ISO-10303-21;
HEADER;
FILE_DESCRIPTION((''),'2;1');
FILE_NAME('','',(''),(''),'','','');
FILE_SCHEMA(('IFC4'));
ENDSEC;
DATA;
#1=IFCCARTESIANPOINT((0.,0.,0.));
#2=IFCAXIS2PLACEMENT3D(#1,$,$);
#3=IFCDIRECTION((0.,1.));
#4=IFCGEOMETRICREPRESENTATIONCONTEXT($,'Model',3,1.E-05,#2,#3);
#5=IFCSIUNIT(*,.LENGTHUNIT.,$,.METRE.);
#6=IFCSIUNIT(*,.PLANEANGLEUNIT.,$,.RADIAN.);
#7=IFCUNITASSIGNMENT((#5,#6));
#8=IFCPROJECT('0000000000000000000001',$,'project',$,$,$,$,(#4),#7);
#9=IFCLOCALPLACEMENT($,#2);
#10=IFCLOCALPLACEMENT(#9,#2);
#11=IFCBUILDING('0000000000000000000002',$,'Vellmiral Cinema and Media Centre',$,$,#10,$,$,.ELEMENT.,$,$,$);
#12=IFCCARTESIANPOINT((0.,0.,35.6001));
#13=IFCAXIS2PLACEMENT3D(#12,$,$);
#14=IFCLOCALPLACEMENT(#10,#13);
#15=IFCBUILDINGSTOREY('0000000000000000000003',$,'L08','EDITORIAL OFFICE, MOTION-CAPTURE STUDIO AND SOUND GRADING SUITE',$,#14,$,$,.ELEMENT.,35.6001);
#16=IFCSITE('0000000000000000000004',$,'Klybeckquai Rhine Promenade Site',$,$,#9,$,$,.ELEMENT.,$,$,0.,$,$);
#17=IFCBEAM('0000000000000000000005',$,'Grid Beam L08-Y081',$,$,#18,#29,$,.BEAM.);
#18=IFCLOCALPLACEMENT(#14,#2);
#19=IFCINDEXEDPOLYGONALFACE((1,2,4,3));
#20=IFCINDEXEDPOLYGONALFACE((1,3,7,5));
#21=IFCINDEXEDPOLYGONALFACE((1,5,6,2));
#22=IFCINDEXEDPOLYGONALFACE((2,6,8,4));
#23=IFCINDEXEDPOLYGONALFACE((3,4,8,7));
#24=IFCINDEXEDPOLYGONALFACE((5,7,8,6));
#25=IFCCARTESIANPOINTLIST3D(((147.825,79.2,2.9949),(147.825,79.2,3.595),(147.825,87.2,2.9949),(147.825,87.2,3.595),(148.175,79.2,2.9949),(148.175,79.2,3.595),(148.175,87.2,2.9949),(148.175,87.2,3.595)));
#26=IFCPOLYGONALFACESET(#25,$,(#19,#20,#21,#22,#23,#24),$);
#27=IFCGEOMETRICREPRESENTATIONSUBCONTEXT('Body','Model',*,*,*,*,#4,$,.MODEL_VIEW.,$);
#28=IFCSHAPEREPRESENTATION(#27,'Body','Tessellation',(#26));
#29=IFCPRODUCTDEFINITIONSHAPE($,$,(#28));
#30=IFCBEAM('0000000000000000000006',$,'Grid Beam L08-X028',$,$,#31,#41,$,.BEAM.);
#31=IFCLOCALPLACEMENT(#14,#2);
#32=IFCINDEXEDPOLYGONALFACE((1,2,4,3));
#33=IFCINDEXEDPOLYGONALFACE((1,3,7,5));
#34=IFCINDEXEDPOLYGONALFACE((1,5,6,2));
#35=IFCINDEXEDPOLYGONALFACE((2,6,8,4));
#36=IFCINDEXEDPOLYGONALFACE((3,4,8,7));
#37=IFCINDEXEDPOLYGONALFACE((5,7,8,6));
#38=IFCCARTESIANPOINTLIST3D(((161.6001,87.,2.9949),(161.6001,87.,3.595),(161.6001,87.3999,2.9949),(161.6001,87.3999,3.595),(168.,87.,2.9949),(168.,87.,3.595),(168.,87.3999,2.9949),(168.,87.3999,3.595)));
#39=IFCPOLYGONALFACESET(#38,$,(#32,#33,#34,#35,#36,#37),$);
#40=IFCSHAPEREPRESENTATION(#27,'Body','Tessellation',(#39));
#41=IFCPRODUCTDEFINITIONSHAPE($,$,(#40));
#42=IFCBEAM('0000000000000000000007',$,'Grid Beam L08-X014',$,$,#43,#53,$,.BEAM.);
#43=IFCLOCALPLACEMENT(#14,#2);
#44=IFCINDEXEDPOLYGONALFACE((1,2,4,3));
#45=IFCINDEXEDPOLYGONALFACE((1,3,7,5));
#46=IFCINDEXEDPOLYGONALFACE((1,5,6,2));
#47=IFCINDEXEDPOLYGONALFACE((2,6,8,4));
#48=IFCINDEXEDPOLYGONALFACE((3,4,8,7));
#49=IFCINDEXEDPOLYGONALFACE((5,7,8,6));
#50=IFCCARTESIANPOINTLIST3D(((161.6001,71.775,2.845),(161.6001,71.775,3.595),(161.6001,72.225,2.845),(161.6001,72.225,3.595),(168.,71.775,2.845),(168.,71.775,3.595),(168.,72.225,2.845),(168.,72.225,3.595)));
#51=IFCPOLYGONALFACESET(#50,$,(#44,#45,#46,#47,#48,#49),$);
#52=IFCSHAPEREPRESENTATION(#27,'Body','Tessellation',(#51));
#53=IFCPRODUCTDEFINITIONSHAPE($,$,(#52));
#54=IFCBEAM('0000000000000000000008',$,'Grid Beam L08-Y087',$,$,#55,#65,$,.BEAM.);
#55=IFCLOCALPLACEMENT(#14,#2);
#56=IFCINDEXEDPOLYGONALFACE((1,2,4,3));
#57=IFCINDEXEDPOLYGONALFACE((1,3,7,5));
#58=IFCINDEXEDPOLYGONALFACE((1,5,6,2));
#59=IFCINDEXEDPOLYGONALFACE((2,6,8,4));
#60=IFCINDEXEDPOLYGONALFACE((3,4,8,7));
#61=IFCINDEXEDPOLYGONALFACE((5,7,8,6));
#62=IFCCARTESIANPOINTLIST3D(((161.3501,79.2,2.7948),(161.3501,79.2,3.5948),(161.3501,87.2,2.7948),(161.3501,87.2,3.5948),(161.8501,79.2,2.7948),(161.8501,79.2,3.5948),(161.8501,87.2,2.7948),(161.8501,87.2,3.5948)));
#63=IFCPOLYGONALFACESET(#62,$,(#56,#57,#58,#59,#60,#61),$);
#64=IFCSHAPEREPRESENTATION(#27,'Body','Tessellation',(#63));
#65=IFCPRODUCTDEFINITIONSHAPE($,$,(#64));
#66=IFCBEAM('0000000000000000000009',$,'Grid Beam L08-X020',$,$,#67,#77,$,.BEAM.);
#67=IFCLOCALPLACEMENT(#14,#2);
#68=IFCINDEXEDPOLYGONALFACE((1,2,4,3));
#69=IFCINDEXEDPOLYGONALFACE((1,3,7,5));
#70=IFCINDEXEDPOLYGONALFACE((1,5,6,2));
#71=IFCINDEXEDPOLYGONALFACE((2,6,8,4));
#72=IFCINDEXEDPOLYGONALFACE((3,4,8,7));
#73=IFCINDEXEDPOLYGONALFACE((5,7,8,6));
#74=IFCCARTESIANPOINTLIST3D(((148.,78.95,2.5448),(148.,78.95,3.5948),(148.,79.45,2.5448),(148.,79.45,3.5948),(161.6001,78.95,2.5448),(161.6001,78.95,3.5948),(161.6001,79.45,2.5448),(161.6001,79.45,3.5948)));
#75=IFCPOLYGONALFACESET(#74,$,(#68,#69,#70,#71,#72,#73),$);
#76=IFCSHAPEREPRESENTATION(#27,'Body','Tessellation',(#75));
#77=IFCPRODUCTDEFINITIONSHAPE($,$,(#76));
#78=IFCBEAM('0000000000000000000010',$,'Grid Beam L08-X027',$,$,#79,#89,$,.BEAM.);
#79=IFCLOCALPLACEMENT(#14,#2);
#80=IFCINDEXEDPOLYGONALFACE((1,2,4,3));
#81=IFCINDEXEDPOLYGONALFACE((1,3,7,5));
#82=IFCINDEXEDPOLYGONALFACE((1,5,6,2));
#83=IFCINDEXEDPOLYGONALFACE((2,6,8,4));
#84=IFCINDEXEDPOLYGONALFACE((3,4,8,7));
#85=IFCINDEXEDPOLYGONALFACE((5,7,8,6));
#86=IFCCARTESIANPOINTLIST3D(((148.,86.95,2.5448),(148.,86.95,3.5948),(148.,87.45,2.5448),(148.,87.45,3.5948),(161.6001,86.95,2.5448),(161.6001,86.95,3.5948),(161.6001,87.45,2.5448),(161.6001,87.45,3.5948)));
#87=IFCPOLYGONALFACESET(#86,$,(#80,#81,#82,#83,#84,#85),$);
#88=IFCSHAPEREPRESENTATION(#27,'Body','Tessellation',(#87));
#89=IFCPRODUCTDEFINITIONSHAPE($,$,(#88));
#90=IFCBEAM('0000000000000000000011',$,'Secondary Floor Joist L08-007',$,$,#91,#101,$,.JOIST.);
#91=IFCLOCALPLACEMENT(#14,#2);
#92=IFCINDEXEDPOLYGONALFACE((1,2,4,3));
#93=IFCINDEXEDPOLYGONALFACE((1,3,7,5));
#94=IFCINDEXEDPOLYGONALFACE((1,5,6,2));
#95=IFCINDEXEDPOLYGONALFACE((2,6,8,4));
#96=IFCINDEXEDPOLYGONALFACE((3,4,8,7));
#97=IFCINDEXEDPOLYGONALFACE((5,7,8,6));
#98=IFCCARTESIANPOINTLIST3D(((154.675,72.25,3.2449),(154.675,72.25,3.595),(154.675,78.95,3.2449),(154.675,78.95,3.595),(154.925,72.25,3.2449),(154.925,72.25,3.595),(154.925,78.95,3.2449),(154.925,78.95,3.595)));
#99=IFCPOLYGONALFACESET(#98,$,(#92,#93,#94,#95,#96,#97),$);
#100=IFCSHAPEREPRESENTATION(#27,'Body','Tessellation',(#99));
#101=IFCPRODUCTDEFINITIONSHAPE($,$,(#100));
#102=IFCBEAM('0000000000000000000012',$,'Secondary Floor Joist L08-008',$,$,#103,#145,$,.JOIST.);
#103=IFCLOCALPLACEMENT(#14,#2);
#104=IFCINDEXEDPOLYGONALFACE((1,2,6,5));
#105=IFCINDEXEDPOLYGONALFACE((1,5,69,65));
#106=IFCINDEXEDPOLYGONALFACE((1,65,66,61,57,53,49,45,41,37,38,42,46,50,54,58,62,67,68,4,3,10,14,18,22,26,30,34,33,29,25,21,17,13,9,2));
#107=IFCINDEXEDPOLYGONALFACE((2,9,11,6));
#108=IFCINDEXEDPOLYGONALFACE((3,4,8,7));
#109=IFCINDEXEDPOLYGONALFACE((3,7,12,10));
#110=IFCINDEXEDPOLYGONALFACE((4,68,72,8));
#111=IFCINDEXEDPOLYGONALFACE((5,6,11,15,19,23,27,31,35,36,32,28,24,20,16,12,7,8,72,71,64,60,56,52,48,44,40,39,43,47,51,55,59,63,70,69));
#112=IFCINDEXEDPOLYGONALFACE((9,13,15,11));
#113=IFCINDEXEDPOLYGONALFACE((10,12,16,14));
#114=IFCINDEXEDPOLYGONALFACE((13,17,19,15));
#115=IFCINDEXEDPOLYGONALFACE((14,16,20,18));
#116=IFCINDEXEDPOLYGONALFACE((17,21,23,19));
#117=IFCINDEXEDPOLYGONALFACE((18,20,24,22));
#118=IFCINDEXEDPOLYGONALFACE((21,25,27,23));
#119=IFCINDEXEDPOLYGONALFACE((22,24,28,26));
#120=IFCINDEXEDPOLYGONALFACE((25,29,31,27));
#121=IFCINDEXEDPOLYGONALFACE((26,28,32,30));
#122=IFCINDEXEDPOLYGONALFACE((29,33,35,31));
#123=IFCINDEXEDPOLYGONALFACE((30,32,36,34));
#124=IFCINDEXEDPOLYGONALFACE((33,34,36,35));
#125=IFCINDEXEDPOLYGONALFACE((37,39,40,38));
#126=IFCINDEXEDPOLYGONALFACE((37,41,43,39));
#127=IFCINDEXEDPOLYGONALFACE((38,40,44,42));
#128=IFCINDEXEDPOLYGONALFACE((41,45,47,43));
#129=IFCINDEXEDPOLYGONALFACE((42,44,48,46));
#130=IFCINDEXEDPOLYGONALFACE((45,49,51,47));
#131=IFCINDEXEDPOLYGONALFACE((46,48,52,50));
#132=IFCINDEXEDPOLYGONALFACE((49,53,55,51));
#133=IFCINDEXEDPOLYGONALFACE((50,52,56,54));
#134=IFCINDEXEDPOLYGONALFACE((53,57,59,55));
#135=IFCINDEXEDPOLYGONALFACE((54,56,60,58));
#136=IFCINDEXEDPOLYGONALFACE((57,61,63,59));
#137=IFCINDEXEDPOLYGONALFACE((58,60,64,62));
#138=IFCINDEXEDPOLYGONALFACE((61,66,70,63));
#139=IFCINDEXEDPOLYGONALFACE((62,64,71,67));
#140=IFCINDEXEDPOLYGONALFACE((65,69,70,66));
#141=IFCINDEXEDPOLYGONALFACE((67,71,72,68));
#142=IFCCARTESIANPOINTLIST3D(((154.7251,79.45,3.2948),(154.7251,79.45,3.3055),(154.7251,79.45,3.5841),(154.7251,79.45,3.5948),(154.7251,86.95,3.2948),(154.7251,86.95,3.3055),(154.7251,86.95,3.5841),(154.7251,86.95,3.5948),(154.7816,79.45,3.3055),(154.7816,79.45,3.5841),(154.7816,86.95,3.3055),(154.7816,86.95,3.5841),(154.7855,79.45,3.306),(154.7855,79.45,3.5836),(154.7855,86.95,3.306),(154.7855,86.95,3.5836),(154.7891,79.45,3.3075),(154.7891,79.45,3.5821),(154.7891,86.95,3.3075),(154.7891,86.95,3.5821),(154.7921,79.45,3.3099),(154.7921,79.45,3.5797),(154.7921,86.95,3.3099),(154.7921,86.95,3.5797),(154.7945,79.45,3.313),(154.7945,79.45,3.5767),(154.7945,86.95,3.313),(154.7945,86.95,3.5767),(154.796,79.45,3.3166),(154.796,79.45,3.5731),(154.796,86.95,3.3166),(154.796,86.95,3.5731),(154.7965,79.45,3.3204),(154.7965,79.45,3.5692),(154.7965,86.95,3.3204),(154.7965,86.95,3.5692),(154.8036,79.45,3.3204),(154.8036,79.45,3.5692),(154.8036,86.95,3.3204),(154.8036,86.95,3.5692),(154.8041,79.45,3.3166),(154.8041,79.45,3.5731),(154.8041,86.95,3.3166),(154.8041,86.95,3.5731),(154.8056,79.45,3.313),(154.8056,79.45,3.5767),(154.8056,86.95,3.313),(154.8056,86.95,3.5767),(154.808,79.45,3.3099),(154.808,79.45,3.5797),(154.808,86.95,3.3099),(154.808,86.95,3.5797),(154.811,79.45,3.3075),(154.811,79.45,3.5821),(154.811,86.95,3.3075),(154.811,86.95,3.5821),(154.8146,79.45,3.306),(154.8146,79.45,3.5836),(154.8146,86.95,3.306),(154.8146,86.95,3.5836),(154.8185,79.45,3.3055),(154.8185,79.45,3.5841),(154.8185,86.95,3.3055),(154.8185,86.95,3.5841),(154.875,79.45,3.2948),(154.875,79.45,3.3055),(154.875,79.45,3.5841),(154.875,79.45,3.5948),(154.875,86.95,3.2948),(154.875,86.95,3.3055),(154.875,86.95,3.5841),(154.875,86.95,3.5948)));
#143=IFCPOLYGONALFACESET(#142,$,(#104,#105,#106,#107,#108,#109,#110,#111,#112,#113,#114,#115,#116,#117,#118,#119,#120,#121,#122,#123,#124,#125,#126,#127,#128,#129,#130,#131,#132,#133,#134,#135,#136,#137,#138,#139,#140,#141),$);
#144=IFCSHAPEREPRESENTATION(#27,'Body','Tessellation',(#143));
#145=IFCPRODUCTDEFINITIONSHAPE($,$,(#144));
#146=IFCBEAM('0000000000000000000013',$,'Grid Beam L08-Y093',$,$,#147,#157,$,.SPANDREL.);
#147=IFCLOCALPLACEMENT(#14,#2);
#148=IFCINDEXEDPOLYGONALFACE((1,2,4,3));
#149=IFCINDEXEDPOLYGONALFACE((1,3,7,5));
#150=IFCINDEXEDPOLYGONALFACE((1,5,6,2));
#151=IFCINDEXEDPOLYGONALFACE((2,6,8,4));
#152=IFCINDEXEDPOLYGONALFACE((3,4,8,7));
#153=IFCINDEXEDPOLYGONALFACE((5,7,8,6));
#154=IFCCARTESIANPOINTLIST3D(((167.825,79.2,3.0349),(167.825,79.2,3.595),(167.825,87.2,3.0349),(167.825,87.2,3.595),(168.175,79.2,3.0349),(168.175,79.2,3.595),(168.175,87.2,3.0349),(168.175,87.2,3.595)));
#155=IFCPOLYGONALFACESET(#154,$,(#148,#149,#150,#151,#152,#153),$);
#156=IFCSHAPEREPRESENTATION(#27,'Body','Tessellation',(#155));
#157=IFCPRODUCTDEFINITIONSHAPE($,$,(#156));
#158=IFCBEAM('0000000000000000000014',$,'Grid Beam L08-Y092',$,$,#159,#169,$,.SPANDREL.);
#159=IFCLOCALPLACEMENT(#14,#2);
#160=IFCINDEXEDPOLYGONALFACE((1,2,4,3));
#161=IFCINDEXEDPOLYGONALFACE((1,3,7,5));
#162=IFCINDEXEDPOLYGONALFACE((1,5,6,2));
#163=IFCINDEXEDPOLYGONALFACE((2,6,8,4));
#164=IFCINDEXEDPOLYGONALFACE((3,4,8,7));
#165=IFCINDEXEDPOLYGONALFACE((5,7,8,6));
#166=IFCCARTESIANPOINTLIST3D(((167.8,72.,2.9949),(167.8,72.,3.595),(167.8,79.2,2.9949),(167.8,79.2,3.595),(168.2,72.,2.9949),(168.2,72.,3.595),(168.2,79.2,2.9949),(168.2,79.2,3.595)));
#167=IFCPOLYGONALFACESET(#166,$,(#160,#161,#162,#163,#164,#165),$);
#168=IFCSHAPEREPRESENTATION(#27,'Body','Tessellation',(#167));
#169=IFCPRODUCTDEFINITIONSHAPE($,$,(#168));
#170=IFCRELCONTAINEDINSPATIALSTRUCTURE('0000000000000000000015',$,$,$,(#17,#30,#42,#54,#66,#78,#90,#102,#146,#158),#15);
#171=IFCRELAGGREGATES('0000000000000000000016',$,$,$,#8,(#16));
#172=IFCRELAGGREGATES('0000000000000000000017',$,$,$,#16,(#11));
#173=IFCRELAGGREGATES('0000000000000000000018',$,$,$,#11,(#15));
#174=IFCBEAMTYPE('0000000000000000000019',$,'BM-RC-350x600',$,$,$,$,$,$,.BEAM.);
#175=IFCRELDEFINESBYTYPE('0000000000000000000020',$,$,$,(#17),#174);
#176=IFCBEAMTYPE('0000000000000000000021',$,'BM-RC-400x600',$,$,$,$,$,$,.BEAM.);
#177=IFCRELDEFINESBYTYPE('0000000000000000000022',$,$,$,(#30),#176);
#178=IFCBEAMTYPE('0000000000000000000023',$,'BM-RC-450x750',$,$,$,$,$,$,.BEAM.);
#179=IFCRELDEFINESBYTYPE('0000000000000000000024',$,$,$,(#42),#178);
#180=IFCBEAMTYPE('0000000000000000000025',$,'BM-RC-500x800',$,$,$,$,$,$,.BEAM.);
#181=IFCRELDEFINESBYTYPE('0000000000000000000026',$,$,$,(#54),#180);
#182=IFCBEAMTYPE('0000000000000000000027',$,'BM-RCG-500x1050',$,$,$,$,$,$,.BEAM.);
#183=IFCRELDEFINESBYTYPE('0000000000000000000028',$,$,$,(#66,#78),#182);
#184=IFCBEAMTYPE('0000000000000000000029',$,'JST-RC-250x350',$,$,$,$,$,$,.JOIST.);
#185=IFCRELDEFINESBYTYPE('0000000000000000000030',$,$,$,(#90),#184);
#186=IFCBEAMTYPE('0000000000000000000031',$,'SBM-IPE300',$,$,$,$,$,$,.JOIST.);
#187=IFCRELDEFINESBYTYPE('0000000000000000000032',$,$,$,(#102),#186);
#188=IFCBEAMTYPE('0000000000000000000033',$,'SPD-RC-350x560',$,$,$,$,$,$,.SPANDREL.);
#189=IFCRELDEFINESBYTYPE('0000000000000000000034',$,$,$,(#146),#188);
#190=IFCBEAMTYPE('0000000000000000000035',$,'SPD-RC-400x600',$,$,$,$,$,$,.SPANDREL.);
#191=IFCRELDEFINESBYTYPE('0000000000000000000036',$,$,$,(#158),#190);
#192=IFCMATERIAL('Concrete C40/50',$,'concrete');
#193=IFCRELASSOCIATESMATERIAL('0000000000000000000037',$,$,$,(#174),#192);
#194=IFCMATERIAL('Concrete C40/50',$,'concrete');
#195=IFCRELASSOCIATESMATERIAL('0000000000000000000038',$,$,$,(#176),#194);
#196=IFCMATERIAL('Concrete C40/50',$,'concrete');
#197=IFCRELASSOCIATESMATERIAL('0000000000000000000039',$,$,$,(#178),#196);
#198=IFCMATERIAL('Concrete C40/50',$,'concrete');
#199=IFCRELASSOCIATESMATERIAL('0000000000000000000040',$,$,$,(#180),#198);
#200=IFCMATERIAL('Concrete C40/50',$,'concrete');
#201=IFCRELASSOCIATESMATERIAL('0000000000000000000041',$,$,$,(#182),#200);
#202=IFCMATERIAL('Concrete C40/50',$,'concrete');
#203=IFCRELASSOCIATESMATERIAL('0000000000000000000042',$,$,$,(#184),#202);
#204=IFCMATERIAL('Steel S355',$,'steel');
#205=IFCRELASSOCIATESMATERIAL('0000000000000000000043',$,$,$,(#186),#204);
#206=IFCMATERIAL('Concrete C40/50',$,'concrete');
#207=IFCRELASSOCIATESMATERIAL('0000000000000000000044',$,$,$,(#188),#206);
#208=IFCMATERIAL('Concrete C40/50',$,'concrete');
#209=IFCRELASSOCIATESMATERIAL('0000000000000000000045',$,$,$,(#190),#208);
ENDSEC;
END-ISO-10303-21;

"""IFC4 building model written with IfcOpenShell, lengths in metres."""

from ifc_helpers import new_model, si_unit, direction, frame, origin, origin_2d, place, context, subcontext, project, spatial, rectangle, i_section, extrude, material, material_profile, profile_set, type_object, element, save


model = new_model("IFC4")

# Units and contexts
model_context = context("Model", 3, precision=1e-05, world=origin(), true_north=direction((0.0, 1.0)))
body_context = subcontext(model_context, "Body", "Model", "MODEL_VIEW")
ifc_project = project(units=[si_unit("LENGTHUNIT", "METRE"), si_unit("PLANEANGLEUNIT", "RADIAN")], contexts=[model_context])

# Site, building, storey
site_placement = place(None, origin())
site = spatial("IfcSite", under=ifc_project, at=site_placement, Name="Klybeckquai Rhine Promenade Site", CompositionType="ELEMENT", RefElevation=0.0)
building_placement = place(site_placement, origin())
building = spatial("IfcBuilding", under=site, at=building_placement, Name="Vellmiral Cinema and Media Centre", CompositionType="ELEMENT")
storey_placement = place(building_placement, frame((0.0, 0.0, 35.6001)))
storey = spatial("IfcBuildingStorey", under=building, at=storey_placement, Name="L08", Description="EDITORIAL OFFICE, MOTION-CAPTURE STUDIO AND SOUND GRADING SUITE", CompositionType="ELEMENT", Elevation=35.6001)

# Beams
ifc_material_1 = material(Name="Concrete C40/50", Category="concrete")
ifc_material_profile_1 = material_profile(ifc_material_1, rectangle(XDim=0.3501, YDim=0.6001, at=origin_2d()), Name="RC 350x600")
ifc_profile_set_1 = profile_set([ifc_material_profile_1], Name="Concrete C40/50")
beam_type_1 = type_object("IfcBeamType", Name="BM-RC-350x600", PredefinedType="BEAM", material=ifc_profile_set_1)
beam_1_placement = place(storey_placement, frame((148.0, 79.2, 3.2949), z_axis=(0.0, 1.0, 0.0), x_axis=(-1.0, 0.0, 0.0)))
element("IfcBeam", 1, at=beam_1_placement, inside=storey, type_object=beam_type_1, Name="Grid Beam L08-Y081", PredefinedType="BEAM", context=body_context, shape_type="SweptSolid", body=[
    extrude(rectangle(XDim=0.3501, YDim=0.6001, at=origin_2d()), origin(), (0.0, 0.0, 1.0), 8.0),
])
ifc_material_2 = material(Name="Concrete C40/50", Category="concrete")
ifc_material_profile_2 = material_profile(ifc_material_2, rectangle(XDim=0.3999, YDim=0.6001, at=origin_2d()), Name="RC 400x600")
ifc_profile_set_2 = profile_set([ifc_material_profile_2], Name="Concrete C40/50")
beam_type_2 = type_object("IfcBeamType", Name="BM-RC-400x600", PredefinedType="BEAM", material=ifc_profile_set_2)
beam_2_placement = place(storey_placement, frame((161.6001, 87.2, 3.2949), z_axis=(1.0, 0.0, 0.0), x_axis=(0.0, 1.0, 0.0)))
element("IfcBeam", 2, at=beam_2_placement, inside=storey, type_object=beam_type_2, Name="Grid Beam L08-X028", PredefinedType="BEAM", context=body_context, shape_type="SweptSolid", body=[
    extrude(rectangle(XDim=0.3999, YDim=0.6001, at=origin_2d()), origin(), (0.0, 0.0, 1.0), 6.3999),
])
ifc_material_3 = material(Name="Concrete C40/50", Category="concrete")
ifc_material_profile_3 = material_profile(ifc_material_3, rectangle(XDim=0.45, YDim=0.75, at=origin_2d()), Name="RC 450x750")
ifc_profile_set_3 = profile_set([ifc_material_profile_3], Name="Concrete C40/50")
beam_type_3 = type_object("IfcBeamType", Name="BM-RC-450x750", PredefinedType="BEAM", material=ifc_profile_set_3)
beam_3_placement = place(storey_placement, frame((161.6001, 72.0, 3.22), z_axis=(1.0, 0.0, 0.0), x_axis=(0.0, 1.0, 0.0)))
element("IfcBeam", 3, at=beam_3_placement, inside=storey, type_object=beam_type_3, Name="Grid Beam L08-X014", PredefinedType="BEAM", context=body_context, shape_type="SweptSolid", body=[
    extrude(rectangle(XDim=0.45, YDim=0.75, at=origin_2d()), origin(), (0.0, 0.0, 1.0), 6.3999),
])
ifc_material_4 = material(Name="Concrete C40/50", Category="concrete")
ifc_material_profile_4 = material_profile(ifc_material_4, rectangle(XDim=0.5, YDim=0.8, at=origin_2d()), Name="RC 500x800")
ifc_profile_set_4 = profile_set([ifc_material_profile_4], Name="Concrete C40/50")
beam_type_4 = type_object("IfcBeamType", Name="BM-RC-500x800", PredefinedType="BEAM", material=ifc_profile_set_4)
beam_4_placement = place(storey_placement, frame((161.6001, 79.2, 3.1948), z_axis=(0.0, 1.0, 0.0), x_axis=(-1.0, 0.0, 0.0)))
element("IfcBeam", 4, at=beam_4_placement, inside=storey, type_object=beam_type_4, Name="Grid Beam L08-Y087", PredefinedType="BEAM", context=body_context, shape_type="SweptSolid", body=[
    extrude(rectangle(XDim=0.5, YDim=0.8, at=origin_2d()), origin(), (0.0, 0.0, 1.0), 8.0),
])
ifc_material_5 = material(Name="Concrete C40/50", Category="concrete")
ifc_material_profile_5 = material_profile(ifc_material_5, rectangle(XDim=0.5, YDim=1.05, at=origin_2d()), Name="RC 500x1050")
ifc_profile_set_5 = profile_set([ifc_material_profile_5], Name="Concrete C40/50")
beam_type_5 = type_object("IfcBeamType", Name="BM-RCG-500x1050", PredefinedType="BEAM", material=ifc_profile_set_5)
for number, where, z_axis, x_axis, name in (
    (5, (148.0, 79.2, 3.0698), (1.0, 0.0, 0.0), (0.0, 1.0, 0.0), "Grid Beam L08-X020"),
    (6, (148.0, 87.2, 3.0698), (1.0, 0.0, 0.0), (0.0, 1.0, 0.0), "Grid Beam L08-X027"),
):
    element("IfcBeam", number, at=place(storey_placement, frame(where, z_axis=z_axis, x_axis=x_axis)), inside=storey, type_object=beam_type_5, Name=name, PredefinedType="BEAM", context=body_context, shape_type="SweptSolid", body=[
        extrude(rectangle(XDim=0.5, YDim=1.05, at=origin_2d()), origin(), (0.0, 0.0, 1.0), 13.6001),
    ])
ifc_material_6 = material(Name="Concrete C40/50", Category="concrete")
ifc_material_profile_6 = material_profile(ifc_material_6, rectangle(XDim=0.25, YDim=0.3501, at=origin_2d()), Name="RC 250x350")
ifc_profile_set_6 = profile_set([ifc_material_profile_6], Name="Concrete C40/50")
beam_type_6 = type_object("IfcBeamType", Name="JST-RC-250x350", PredefinedType="JOIST", material=ifc_profile_set_6)
beam_5_placement = place(storey_placement, frame((154.8, 72.25, 3.4199), z_axis=(0.0, 1.0, 0.0), x_axis=(-1.0, 0.0, 0.0)))
element("IfcBeam", 7, at=beam_5_placement, inside=storey, type_object=beam_type_6, Name="Secondary Floor Joist L08-007", PredefinedType="JOIST", context=body_context, shape_type="SweptSolid", body=[
    extrude(rectangle(XDim=0.25, YDim=0.3501, at=origin_2d()), origin(), (0.0, 0.0, 1.0), 6.7),
])
ifc_material_7 = material(Name="Steel S355", Category="steel")
ifc_material_profile_7 = material_profile(ifc_material_7, i_section(OverallWidth=0.1499, OverallDepth=0.3, WebThickness=0.0071, FlangeThickness=0.0107, FilletRadius=0.0149, at=origin_2d()), Name="IPE 300")
ifc_profile_set_7 = profile_set([ifc_material_profile_7], Name="Steel S355")
beam_type_7 = type_object("IfcBeamType", Name="SBM-IPE300", PredefinedType="JOIST", material=ifc_profile_set_7)
beam_6_placement = place(storey_placement, frame((154.8, 79.45, 3.4448), z_axis=(0.0, 1.0, 0.0), x_axis=(-1.0, 0.0, 0.0)))
element("IfcBeam", 8, at=beam_6_placement, inside=storey, type_object=beam_type_7, Name="Secondary Floor Joist L08-008", PredefinedType="JOIST", context=body_context, shape_type="SweptSolid", body=[
    extrude(i_section(OverallWidth=0.1499, OverallDepth=0.3, WebThickness=0.0071, FlangeThickness=0.0107, FilletRadius=0.0149, at=origin_2d()), origin(), (0.0, 0.0, 1.0), 7.5),
])
ifc_material_8 = material(Name="Concrete C40/50", Category="concrete")
ifc_material_profile_8 = material_profile(ifc_material_8, rectangle(XDim=0.3501, YDim=0.5601, at=origin_2d()), Name="RC 350x560")
ifc_profile_set_8 = profile_set([ifc_material_profile_8], Name="Concrete C40/50")
beam_type_8 = type_object("IfcBeamType", Name="SPD-RC-350x560", PredefinedType="SPANDREL", material=ifc_profile_set_8)
beam_7_placement = place(storey_placement, frame((168.0, 79.2, 3.3149), z_axis=(0.0, 1.0, 0.0), x_axis=(-1.0, 0.0, 0.0)))
element("IfcBeam", 9, at=beam_7_placement, inside=storey, type_object=beam_type_8, Name="Grid Beam L08-Y093", PredefinedType="SPANDREL", context=body_context, shape_type="SweptSolid", body=[
    extrude(rectangle(XDim=0.3501, YDim=0.5601, at=origin_2d()), origin(), (0.0, 0.0, 1.0), 8.0),
])
ifc_material_9 = material(Name="Concrete C40/50", Category="concrete")
ifc_material_profile_9 = material_profile(ifc_material_9, rectangle(XDim=0.3999, YDim=0.6001, at=origin_2d()), Name="RC 400x600")
ifc_profile_set_9 = profile_set([ifc_material_profile_9], Name="Concrete C40/50")
beam_type_9 = type_object("IfcBeamType", Name="SPD-RC-400x600", PredefinedType="SPANDREL", material=ifc_profile_set_9)
beam_8_placement = place(storey_placement, frame((168.0, 72.0, 3.2949), z_axis=(0.0, 1.0, 0.0), x_axis=(-1.0, 0.0, 0.0)))
element("IfcBeam", 10, at=beam_8_placement, inside=storey, type_object=beam_type_9, Name="Grid Beam L08-Y092", PredefinedType="SPANDREL", context=body_context, shape_type="SweptSolid", body=[
    extrude(rectangle(XDim=0.3999, YDim=0.6001, at=origin_2d()), origin(), (0.0, 0.0, 1.0), 7.2),
])

save(model, "model.ifc")
